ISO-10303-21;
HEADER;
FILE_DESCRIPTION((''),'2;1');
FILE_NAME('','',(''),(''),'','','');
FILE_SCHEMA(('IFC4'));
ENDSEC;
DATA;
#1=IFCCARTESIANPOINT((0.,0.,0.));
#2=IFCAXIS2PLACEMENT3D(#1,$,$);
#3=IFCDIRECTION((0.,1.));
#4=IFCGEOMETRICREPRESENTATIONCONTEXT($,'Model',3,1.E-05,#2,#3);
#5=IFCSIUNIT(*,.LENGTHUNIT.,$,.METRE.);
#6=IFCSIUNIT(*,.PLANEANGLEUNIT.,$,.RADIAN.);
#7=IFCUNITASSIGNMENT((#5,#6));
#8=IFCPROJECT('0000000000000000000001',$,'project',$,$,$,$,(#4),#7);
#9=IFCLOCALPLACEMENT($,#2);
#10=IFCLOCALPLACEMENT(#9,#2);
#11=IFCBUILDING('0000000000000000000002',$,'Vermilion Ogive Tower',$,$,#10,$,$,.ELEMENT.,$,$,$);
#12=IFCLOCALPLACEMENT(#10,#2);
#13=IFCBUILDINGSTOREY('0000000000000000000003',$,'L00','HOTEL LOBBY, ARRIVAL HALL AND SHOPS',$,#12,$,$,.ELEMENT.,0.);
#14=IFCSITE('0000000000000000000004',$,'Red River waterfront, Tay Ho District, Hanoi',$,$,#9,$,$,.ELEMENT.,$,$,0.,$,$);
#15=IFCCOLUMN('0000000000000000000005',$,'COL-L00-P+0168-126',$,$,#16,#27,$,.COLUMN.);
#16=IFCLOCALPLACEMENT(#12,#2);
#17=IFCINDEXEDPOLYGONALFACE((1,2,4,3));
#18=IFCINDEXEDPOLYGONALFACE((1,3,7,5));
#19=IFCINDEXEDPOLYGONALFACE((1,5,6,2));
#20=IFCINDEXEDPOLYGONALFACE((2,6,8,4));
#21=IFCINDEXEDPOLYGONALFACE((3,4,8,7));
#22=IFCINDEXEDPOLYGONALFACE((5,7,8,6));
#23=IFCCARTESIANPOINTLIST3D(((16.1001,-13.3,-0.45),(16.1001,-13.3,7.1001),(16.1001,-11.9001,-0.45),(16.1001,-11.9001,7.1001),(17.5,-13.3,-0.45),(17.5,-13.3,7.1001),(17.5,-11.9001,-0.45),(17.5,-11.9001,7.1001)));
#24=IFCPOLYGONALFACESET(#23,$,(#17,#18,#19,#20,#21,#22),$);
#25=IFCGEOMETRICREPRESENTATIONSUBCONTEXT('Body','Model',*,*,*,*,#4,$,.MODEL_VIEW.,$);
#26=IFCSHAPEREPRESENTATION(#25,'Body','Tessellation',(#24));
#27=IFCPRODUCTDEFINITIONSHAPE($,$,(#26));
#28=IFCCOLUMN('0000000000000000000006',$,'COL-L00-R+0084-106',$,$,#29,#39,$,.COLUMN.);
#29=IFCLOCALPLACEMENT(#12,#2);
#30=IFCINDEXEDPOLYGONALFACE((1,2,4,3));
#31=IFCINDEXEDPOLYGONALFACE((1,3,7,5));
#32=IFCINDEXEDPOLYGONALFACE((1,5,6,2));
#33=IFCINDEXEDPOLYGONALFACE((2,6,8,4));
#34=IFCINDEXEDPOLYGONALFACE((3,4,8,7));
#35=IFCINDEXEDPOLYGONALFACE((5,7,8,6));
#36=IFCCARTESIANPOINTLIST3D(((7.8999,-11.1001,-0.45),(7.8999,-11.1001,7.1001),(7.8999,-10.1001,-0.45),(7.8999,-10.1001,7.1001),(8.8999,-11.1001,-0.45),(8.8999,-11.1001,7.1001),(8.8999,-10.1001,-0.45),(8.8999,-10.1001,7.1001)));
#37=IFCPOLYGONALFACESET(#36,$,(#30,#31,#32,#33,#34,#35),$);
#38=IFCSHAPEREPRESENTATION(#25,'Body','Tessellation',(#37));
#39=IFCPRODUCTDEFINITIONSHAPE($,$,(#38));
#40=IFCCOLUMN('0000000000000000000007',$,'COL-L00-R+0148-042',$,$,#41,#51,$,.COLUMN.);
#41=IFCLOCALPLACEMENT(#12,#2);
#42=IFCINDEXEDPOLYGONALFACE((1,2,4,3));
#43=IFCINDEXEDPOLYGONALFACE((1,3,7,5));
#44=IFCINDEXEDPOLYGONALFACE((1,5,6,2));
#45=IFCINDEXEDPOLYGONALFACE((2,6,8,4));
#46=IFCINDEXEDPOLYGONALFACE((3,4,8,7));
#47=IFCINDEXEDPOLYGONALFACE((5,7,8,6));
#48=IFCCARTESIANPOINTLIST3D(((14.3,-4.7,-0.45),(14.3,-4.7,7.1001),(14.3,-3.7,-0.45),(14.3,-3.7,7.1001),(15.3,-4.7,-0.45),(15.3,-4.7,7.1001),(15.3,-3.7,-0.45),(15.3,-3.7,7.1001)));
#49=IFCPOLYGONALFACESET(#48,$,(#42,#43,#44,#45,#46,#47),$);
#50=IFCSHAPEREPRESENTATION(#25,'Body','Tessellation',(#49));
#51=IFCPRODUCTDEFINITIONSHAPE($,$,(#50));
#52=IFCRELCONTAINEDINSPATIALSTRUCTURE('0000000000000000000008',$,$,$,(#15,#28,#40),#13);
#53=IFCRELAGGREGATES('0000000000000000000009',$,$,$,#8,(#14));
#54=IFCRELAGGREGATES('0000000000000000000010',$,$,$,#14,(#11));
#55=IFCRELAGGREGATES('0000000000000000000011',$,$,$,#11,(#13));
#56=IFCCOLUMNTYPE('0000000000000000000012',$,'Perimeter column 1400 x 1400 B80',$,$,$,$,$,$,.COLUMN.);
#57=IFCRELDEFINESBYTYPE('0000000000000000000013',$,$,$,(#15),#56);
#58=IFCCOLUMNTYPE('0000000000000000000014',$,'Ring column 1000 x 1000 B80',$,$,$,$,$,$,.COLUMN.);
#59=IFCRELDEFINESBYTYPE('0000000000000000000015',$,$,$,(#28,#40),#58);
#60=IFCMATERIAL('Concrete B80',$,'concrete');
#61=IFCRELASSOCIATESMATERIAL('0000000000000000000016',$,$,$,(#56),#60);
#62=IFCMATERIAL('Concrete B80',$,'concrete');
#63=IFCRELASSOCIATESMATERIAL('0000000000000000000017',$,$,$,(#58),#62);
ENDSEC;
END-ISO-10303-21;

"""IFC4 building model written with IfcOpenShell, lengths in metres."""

from ifc_helpers import new_model, si_unit, direction, frame, origin, origin_2d, place, context, subcontext, project, spatial, rectangle, extrude, material, material_profile, profile_set, type_object, element, save


model = new_model("IFC4")

# Units and contexts
model_context = context("Model", 3, precision=1e-05, world=origin(), true_north=direction((0.0, 1.0)))
body_context = subcontext(model_context, "Body", "Model", "MODEL_VIEW")
ifc_project = project(units=[si_unit("LENGTHUNIT", "METRE"), si_unit("PLANEANGLEUNIT", "RADIAN")], contexts=[model_context])

# Site, building, storey
site_placement = place(None, origin())
site = spatial("IfcSite", under=ifc_project, at=site_placement, Name="Red River waterfront, Tay Ho District, Hanoi", CompositionType="ELEMENT", RefElevation=0.0)
building_placement = place(site_placement, origin())
building = spatial("IfcBuilding", under=site, at=building_placement, Name="Vermilion Ogive Tower", CompositionType="ELEMENT")
storey_placement = place(building_placement, origin())
storey = spatial("IfcBuildingStorey", under=building, at=storey_placement, Name="L00", Description="HOTEL LOBBY, ARRIVAL HALL AND SHOPS", CompositionType="ELEMENT", Elevation=0.0)

# Columns
ifc_material_1 = material(Name="Concrete B80", Category="concrete")
ifc_material_profile_1 = material_profile(ifc_material_1, rectangle(XDim=1.3999, YDim=1.3999, at=origin_2d()), Name="1400 x 1400")
ifc_profile_set_1 = profile_set([ifc_material_profile_1], Name="Concrete B80")
column_type_1 = type_object("IfcColumnType", Name="Perimeter column 1400 x 1400 B80", PredefinedType="COLUMN", material=ifc_profile_set_1)
column_placement = place(storey_placement, frame((16.8, -12.6001, -0.45), z_axis=(0.0, 0.0, 1.0), x_axis=(1.0, 0.0, 0.0)))
element("IfcColumn", 1, at=column_placement, inside=storey, type_object=column_type_1, Name="COL-L00-P+0168-126", PredefinedType="COLUMN", context=body_context, shape_type="SweptSolid", body=[
    extrude(rectangle(XDim=1.3999, YDim=1.3999, at=origin_2d()), origin(), (0.0, 0.0, 1.0), 7.55),
])
ifc_material_2 = material(Name="Concrete B80", Category="concrete")
ifc_material_profile_2 = material_profile(ifc_material_2, rectangle(XDim=1.0, YDim=1.0, at=origin_2d()), Name="1000 x 1000")
ifc_profile_set_2 = profile_set([ifc_material_profile_2], Name="Concrete B80")
column_type_2 = type_object("IfcColumnType", Name="Ring column 1000 x 1000 B80", PredefinedType="COLUMN", material=ifc_profile_set_2)
for number, where, z_axis, x_axis, name in (
    (2, (8.3999, -10.6001, -0.45), (0.0, 0.0, 1.0), (1.0, 0.0, 0.0), "COL-L00-R+0084-106"),
    (3, (14.8, -4.2, -0.45), (0.0, 0.0, 1.0), (1.0, 0.0, 0.0), "COL-L00-R+0148-042"),
):
    element("IfcColumn", number, at=place(storey_placement, frame(where, z_axis=z_axis, x_axis=x_axis)), inside=storey, type_object=column_type_2, Name=name, PredefinedType="COLUMN", context=body_context, shape_type="SweptSolid", body=[
        extrude(rectangle(XDim=1.0, YDim=1.0, at=origin_2d()), origin(), (0.0, 0.0, 1.0), 7.55),
    ])

save(model, "model.ifc")
